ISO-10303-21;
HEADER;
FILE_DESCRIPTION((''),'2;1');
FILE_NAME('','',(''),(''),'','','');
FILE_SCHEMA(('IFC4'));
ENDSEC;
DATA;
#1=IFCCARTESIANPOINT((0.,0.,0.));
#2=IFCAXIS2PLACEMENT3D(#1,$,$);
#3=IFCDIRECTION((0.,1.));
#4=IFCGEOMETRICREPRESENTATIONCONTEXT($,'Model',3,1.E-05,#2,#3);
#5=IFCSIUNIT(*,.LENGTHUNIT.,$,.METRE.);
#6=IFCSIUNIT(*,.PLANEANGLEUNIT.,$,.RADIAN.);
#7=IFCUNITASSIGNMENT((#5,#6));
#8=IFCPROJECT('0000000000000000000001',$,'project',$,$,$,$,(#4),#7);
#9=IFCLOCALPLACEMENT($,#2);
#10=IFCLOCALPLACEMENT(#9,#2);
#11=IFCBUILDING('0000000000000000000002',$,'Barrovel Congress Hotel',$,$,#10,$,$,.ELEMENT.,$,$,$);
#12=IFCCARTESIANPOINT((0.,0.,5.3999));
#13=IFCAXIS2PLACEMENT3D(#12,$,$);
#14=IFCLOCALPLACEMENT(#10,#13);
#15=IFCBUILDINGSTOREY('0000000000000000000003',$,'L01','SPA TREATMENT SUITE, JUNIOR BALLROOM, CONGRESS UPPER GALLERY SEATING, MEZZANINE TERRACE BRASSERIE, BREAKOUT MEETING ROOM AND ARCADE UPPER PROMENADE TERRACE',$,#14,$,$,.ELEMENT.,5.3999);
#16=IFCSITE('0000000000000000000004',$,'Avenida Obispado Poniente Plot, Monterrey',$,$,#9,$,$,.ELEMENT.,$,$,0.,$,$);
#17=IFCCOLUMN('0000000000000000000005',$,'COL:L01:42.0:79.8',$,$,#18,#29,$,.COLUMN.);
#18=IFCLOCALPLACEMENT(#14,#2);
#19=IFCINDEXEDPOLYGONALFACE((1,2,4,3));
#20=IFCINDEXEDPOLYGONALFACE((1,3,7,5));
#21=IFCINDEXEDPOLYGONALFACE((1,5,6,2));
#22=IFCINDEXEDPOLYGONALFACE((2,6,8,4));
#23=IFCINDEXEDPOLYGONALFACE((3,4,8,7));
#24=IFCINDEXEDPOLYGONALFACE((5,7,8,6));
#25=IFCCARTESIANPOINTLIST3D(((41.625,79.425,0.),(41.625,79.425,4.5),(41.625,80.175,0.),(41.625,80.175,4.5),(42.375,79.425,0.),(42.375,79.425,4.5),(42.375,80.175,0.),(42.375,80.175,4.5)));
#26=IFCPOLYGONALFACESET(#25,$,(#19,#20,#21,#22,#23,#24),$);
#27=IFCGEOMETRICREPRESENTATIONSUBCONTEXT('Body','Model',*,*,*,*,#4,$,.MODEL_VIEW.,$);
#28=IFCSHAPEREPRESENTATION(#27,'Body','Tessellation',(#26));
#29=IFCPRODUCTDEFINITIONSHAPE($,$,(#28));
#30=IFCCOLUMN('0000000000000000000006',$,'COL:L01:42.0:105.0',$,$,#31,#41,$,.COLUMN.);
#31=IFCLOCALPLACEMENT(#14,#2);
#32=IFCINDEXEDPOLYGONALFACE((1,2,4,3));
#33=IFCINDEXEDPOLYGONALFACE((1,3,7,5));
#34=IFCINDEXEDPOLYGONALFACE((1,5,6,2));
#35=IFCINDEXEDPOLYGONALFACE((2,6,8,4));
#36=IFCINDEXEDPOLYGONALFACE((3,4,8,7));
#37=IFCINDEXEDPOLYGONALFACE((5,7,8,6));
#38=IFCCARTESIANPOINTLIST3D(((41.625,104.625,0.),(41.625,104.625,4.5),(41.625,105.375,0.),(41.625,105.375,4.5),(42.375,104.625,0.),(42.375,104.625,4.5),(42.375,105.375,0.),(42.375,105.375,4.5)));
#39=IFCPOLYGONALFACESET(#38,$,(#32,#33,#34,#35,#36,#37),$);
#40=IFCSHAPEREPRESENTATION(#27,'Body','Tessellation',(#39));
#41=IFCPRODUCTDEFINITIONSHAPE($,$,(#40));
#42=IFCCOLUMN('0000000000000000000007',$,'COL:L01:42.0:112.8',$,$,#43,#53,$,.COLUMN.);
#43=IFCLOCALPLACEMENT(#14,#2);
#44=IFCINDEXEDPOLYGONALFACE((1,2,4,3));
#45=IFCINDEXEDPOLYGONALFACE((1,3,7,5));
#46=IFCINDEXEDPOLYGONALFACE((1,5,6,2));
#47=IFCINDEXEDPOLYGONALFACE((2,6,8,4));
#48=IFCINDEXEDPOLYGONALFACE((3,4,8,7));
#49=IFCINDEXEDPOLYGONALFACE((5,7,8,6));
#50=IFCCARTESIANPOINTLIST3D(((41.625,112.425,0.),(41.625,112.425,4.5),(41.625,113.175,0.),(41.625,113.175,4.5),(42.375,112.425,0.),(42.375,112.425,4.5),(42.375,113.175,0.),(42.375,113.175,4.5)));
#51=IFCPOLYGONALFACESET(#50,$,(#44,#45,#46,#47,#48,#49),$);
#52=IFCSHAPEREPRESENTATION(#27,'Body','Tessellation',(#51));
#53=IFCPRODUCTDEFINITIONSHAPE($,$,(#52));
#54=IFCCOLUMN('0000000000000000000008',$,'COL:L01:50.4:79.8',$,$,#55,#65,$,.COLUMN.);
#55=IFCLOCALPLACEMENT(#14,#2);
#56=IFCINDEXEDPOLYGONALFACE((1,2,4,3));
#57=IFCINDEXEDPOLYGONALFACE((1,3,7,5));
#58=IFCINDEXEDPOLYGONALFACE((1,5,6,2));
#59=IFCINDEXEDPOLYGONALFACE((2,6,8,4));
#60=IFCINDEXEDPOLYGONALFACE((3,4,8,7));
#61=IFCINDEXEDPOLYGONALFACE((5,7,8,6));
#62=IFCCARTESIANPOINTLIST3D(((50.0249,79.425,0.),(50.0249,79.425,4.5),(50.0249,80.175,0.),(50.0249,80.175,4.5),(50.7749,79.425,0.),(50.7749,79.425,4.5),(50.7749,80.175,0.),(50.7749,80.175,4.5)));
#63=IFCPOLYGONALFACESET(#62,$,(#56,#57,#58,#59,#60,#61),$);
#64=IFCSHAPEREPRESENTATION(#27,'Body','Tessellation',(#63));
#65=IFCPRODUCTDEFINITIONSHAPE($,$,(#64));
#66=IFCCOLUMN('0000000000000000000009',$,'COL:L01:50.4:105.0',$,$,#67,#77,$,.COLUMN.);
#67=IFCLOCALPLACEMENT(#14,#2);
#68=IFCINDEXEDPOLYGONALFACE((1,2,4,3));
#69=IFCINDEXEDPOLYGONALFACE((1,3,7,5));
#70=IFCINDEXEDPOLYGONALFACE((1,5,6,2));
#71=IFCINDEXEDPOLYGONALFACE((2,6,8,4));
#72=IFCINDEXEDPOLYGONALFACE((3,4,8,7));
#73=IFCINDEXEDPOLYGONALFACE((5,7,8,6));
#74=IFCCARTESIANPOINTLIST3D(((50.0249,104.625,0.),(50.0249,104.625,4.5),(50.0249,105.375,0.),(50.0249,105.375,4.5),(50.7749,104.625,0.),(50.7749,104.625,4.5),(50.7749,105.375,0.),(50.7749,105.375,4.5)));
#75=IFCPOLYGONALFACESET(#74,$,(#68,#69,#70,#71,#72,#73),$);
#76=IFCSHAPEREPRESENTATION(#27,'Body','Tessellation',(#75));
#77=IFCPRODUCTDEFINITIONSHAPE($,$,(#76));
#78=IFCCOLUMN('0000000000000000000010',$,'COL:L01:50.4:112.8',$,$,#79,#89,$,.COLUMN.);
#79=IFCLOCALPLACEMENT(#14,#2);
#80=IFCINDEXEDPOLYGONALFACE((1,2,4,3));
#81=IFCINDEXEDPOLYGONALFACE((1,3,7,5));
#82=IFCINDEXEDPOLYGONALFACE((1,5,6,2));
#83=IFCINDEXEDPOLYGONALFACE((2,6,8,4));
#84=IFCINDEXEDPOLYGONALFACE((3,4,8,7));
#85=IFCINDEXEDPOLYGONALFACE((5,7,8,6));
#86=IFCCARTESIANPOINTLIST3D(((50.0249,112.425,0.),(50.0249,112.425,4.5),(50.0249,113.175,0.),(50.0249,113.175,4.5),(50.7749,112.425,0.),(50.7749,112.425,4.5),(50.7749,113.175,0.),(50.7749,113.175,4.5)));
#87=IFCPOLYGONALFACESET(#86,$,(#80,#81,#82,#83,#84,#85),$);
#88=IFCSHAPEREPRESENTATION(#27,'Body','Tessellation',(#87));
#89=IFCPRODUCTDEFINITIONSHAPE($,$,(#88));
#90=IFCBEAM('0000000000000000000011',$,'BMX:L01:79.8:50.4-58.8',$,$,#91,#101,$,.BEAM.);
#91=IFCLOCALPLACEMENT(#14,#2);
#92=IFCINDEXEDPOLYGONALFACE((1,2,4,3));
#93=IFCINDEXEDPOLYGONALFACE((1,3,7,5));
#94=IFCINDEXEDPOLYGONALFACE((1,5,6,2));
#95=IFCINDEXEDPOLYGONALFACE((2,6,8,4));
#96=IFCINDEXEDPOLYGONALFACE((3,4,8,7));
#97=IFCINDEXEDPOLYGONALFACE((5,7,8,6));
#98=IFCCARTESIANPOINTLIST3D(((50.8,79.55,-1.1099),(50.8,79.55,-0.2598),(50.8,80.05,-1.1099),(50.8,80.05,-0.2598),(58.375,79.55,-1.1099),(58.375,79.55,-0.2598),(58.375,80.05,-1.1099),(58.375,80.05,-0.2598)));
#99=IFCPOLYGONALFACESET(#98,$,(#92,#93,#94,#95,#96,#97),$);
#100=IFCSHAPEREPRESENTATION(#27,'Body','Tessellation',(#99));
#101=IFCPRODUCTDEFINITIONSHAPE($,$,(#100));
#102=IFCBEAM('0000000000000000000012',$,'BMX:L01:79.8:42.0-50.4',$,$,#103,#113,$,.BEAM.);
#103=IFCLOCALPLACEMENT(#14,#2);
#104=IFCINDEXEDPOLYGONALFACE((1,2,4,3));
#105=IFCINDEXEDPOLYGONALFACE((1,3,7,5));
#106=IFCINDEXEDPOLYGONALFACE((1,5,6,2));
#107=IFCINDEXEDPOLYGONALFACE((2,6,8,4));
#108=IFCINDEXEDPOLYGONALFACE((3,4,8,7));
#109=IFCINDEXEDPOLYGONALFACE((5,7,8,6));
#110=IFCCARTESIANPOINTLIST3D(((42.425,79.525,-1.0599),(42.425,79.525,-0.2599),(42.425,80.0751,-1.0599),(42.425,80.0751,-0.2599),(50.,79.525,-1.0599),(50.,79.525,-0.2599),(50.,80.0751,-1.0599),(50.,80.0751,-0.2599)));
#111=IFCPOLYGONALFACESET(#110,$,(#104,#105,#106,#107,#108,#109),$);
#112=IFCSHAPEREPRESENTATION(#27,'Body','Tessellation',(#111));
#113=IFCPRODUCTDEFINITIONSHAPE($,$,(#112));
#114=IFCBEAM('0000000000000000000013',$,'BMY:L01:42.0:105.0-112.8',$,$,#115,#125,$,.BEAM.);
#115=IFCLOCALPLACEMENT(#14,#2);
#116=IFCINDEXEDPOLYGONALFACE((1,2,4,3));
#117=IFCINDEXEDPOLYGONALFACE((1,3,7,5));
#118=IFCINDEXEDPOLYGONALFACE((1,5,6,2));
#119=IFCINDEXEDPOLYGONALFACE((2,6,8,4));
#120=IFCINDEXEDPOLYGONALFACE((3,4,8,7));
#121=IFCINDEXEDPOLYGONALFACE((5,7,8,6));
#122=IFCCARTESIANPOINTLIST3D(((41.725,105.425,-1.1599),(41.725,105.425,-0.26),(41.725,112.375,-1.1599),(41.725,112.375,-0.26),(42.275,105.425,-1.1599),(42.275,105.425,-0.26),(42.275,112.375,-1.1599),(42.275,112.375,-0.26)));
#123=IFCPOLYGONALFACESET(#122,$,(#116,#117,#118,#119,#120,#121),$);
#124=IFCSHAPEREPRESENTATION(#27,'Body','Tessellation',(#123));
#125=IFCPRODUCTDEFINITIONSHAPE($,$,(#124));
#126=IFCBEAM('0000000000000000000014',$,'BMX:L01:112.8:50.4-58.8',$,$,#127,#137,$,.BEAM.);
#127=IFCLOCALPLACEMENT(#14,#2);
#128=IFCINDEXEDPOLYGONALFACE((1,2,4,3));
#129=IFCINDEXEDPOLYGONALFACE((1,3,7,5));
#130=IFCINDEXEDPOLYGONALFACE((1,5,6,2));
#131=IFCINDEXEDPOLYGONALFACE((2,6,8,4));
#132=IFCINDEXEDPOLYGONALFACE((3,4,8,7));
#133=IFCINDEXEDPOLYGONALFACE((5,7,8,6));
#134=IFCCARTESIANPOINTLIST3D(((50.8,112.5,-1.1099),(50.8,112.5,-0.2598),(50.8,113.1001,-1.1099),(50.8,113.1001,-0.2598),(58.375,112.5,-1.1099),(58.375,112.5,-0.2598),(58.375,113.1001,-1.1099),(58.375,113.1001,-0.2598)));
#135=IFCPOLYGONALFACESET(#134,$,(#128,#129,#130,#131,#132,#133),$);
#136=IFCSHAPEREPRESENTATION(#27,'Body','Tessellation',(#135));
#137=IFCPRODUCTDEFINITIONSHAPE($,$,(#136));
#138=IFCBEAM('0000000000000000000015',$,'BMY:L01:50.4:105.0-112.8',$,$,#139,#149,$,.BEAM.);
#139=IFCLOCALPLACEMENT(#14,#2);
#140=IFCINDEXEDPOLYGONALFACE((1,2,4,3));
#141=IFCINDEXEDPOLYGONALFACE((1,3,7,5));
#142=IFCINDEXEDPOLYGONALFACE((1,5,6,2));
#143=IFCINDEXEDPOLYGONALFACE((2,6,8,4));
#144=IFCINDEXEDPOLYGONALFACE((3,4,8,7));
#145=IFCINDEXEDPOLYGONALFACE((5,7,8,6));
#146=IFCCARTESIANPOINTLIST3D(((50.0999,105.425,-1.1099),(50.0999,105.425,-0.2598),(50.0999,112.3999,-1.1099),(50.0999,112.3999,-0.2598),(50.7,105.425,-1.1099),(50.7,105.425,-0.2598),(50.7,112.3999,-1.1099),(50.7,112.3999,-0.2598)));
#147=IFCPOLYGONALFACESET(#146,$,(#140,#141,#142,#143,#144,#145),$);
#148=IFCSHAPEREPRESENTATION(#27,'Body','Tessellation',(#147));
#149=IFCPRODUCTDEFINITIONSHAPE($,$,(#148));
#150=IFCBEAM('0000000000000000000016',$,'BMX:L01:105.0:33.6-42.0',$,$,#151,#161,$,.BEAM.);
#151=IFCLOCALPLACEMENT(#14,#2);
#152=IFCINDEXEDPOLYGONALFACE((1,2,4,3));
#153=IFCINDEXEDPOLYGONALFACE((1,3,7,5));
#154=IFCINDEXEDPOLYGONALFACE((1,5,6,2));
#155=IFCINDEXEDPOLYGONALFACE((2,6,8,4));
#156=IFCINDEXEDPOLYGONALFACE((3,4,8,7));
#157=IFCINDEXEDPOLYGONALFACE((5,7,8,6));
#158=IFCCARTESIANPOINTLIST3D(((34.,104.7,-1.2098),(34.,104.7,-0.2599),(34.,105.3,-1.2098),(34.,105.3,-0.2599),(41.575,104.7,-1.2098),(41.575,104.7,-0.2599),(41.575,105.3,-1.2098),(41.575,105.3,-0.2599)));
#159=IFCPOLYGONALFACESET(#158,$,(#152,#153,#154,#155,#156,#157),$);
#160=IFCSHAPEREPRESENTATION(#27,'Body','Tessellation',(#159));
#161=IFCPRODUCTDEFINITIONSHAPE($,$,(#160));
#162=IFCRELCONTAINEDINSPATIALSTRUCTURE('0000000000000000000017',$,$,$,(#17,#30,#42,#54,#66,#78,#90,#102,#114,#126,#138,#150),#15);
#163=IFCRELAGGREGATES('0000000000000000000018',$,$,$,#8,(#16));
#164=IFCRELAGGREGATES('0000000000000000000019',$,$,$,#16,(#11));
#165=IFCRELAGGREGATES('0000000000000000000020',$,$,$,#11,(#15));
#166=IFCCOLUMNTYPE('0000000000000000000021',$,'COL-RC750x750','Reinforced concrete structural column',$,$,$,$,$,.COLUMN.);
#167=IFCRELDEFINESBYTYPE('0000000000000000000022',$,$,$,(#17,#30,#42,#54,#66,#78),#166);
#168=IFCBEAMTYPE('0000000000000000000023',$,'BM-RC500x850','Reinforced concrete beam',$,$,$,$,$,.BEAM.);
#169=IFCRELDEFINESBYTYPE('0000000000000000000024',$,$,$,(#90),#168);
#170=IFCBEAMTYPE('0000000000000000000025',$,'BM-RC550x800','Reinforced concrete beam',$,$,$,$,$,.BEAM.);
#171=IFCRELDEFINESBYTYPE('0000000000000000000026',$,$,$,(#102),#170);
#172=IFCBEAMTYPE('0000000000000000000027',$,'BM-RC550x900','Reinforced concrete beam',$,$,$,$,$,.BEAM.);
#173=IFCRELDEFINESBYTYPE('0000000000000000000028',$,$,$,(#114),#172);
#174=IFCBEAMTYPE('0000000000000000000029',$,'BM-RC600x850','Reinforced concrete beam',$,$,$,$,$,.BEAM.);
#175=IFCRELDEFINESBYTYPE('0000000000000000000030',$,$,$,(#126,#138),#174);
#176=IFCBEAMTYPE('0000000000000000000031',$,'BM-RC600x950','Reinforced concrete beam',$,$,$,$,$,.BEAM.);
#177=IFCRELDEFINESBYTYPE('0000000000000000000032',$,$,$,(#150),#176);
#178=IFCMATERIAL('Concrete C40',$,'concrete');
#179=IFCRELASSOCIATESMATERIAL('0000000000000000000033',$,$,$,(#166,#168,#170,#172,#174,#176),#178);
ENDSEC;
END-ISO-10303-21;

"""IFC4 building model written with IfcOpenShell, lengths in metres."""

from ifc_helpers import new_model, si_unit, direction, frame, origin, origin_2d, place, context, subcontext, project, spatial, rectangle, extrude, material, material_profile, profile_set, type_object, element, save


model = new_model("IFC4")

# Units and contexts
model_context = context("Model", 3, precision=1e-05, world=origin(), true_north=direction((0.0, 1.0)))
body_context = subcontext(model_context, "Body", "Model", "MODEL_VIEW")
ifc_project = project(units=[si_unit("LENGTHUNIT", "METRE"), si_unit("PLANEANGLEUNIT", "RADIAN")], contexts=[model_context])

# Site, building, storey
site_placement = place(None, origin())
site = spatial("IfcSite", under=ifc_project, at=site_placement, Name="Avenida Obispado Poniente Plot, Monterrey", CompositionType="ELEMENT", RefElevation=0.0)
building_placement = place(site_placement, origin())
building = spatial("IfcBuilding", under=site, at=building_placement, Name="Barrovel Congress Hotel", CompositionType="ELEMENT")
storey_placement = place(building_placement, frame((0.0, 0.0, 5.3999)))
storey = spatial("IfcBuildingStorey", under=building, at=storey_placement, Name="L01", Description="SPA TREATMENT SUITE, JUNIOR BALLROOM, CONGRESS UPPER GALLERY SEATING, MEZZANINE TERRACE BRASSERIE, BREAKOUT MEETING ROOM AND ARCADE UPPER PROMENADE TERRACE", CompositionType="ELEMENT", Elevation=5.3999)

# Columns
ifc_material_1 = material(Name="Concrete C40", Category="concrete")
ifc_material_profile_1 = material_profile(ifc_material_1, rectangle(XDim=0.75, YDim=0.75, at=origin_2d()), Name="RC750x750")
ifc_profile_set_1 = profile_set([ifc_material_profile_1], Name="Concrete C40")
column_type = type_object("IfcColumnType", Name="COL-RC750x750", Description="Reinforced concrete structural column", PredefinedType="COLUMN", material=ifc_profile_set_1)
for number, where, z_axis, x_axis, name in (
    (1, (42.0, 79.8, 0.0), (0.0, 0.0, 1.0), (1.0, 0.0, 0.0), "COL:L01:42.0:79.8"),
    (2, (42.0, 105.0, 0.0), (0.0, 0.0, 1.0), (1.0, 0.0, 0.0), "COL:L01:42.0:105.0"),
    (3, (42.0, 112.8, 0.0), (0.0, 0.0, 1.0), (1.0, 0.0, 0.0), "COL:L01:42.0:112.8"),
    (4, (50.3999, 79.8, 0.0), (0.0, 0.0, 1.0), (1.0, 0.0, 0.0), "COL:L01:50.4:79.8"),
    (5, (50.3999, 105.0, 0.0), (0.0, 0.0, 1.0), (1.0, 0.0, 0.0), "COL:L01:50.4:105.0"),
    (6, (50.3999, 112.8, 0.0), (0.0, 0.0, 1.0), (1.0, 0.0, 0.0), "COL:L01:50.4:112.8"),
):
    element("IfcColumn", number, at=place(storey_placement, frame(where, z_axis=z_axis, x_axis=x_axis)), inside=storey, type_object=column_type, Name=name, PredefinedType="COLUMN", context=body_context, shape_type="SweptSolid", body=[
        extrude(rectangle(XDim=0.75, YDim=0.75, at=origin_2d()), origin(), (0.0, 0.0, 1.0), 4.5),
    ])

# Beams
ifc_material_profile_2 = material_profile(ifc_material_1, rectangle(XDim=0.5, YDim=0.8501, at=origin_2d()), Name="RC500x850")
ifc_profile_set_2 = profile_set([ifc_material_profile_2], Name="Concrete C40")
beam_type_1 = type_object("IfcBeamType", Name="BM-RC500x850", Description="Reinforced concrete beam", PredefinedType="BEAM", material=ifc_profile_set_2)
beam_1_placement = place(storey_placement, frame((50.8, 79.8, -0.6848), z_axis=(1.0, 0.0, 0.0), x_axis=(0.0, 1.0, 0.0)))
element("IfcBeam", 7, at=beam_1_placement, inside=storey, type_object=beam_type_1, Name="BMX:L01:79.8:50.4-58.8", PredefinedType="BEAM", context=body_context, shape_type="SweptSolid", body=[
    extrude(rectangle(XDim=0.5, YDim=0.8501, at=origin_2d()), origin(), (0.0, 0.0, 1.0), 7.575),
])
ifc_material_profile_3 = material_profile(ifc_material_1, rectangle(XDim=0.55, YDim=0.8, at=origin_2d()), Name="RC550x800")
ifc_profile_set_3 = profile_set([ifc_material_profile_3], Name="Concrete C40")
beam_type_2 = type_object("IfcBeamType", Name="BM-RC550x800", Description="Reinforced concrete beam", PredefinedType="BEAM", material=ifc_profile_set_3)
beam_2_placement = place(storey_placement, frame((42.425, 79.8, -0.6599), z_axis=(1.0, 0.0, 0.0), x_axis=(0.0, 1.0, 0.0)))
element("IfcBeam", 8, at=beam_2_placement, inside=storey, type_object=beam_type_2, Name="BMX:L01:79.8:42.0-50.4", PredefinedType="BEAM", context=body_context, shape_type="SweptSolid", body=[
    extrude(rectangle(XDim=0.55, YDim=0.8, at=origin_2d()), origin(), (0.0, 0.0, 1.0), 7.575),
])
ifc_material_profile_4 = material_profile(ifc_material_1, rectangle(XDim=0.55, YDim=0.8999, at=origin_2d()), Name="RC550x900")
ifc_profile_set_4 = profile_set([ifc_material_profile_4], Name="Concrete C40")
beam_type_3 = type_object("IfcBeamType", Name="BM-RC550x900", Description="Reinforced concrete beam", PredefinedType="BEAM", material=ifc_profile_set_4)
beam_3_placement = place(storey_placement, frame((42.0, 105.425, -0.71), z_axis=(0.0, 1.0, 0.0), x_axis=(-1.0, 0.0, 0.0)))
element("IfcBeam", 9, at=beam_3_placement, inside=storey, type_object=beam_type_3, Name="BMY:L01:42.0:105.0-112.8", PredefinedType="BEAM", context=body_context, shape_type="SweptSolid", body=[
    extrude(rectangle(XDim=0.55, YDim=0.8999, at=origin_2d()), origin(), (0.0, 0.0, 1.0), 6.95),
])
ifc_material_profile_5 = material_profile(ifc_material_1, rectangle(XDim=0.6001, YDim=0.8501, at=origin_2d()), Name="RC600x850")
ifc_profile_set_5 = profile_set([ifc_material_profile_5], Name="Concrete C40")
beam_type_4 = type_object("IfcBeamType", Name="BM-RC600x850", Description="Reinforced concrete beam", PredefinedType="BEAM", material=ifc_profile_set_5)
beam_4_placement = place(storey_placement, frame((50.8, 112.8, -0.6848), z_axis=(1.0, 0.0, 0.0), x_axis=(0.0, 1.0, 0.0)))
element("IfcBeam", 10, at=beam_4_placement, inside=storey, type_object=beam_type_4, Name="BMX:L01:112.8:50.4-58.8", PredefinedType="BEAM", context=body_context, shape_type="SweptSolid", body=[
    extrude(rectangle(XDim=0.6001, YDim=0.8501, at=origin_2d()), origin(), (0.0, 0.0, 1.0), 7.575),
])
beam_5_placement = place(storey_placement, frame((50.3999, 105.425, -0.6848), z_axis=(0.0, 1.0, 0.0), x_axis=(-1.0, 0.0, 0.0)))
element("IfcBeam", 11, at=beam_5_placement, inside=storey, type_object=beam_type_4, Name="BMY:L01:50.4:105.0-112.8", PredefinedType="BEAM", context=body_context, shape_type="SweptSolid", body=[
    extrude(rectangle(XDim=0.6001, YDim=0.8501, at=origin_2d()), origin(), (0.0, 0.0, 1.0), 6.9749),
])
ifc_material_profile_6 = material_profile(ifc_material_1, rectangle(XDim=0.6001, YDim=0.95, at=origin_2d()), Name="RC600x950")
ifc_profile_set_6 = profile_set([ifc_material_profile_6], Name="Concrete C40")
beam_type_5 = type_object("IfcBeamType", Name="BM-RC600x950", Description="Reinforced concrete beam", PredefinedType="BEAM", material=ifc_profile_set_6)
beam_6_placement = place(storey_placement, frame((34.0, 105.0, -0.7349), z_axis=(1.0, 0.0, 0.0), x_axis=(0.0, 1.0, 0.0)))
element("IfcBeam", 12, at=beam_6_placement, inside=storey, type_object=beam_type_5, Name="BMX:L01:105.0:33.6-42.0", PredefinedType="BEAM", context=body_context, shape_type="SweptSolid", body=[
    extrude(rectangle(XDim=0.6001, YDim=0.95, at=origin_2d()), origin(), (0.0, 0.0, 1.0), 7.575),
])

save(model, "model.ifc")
